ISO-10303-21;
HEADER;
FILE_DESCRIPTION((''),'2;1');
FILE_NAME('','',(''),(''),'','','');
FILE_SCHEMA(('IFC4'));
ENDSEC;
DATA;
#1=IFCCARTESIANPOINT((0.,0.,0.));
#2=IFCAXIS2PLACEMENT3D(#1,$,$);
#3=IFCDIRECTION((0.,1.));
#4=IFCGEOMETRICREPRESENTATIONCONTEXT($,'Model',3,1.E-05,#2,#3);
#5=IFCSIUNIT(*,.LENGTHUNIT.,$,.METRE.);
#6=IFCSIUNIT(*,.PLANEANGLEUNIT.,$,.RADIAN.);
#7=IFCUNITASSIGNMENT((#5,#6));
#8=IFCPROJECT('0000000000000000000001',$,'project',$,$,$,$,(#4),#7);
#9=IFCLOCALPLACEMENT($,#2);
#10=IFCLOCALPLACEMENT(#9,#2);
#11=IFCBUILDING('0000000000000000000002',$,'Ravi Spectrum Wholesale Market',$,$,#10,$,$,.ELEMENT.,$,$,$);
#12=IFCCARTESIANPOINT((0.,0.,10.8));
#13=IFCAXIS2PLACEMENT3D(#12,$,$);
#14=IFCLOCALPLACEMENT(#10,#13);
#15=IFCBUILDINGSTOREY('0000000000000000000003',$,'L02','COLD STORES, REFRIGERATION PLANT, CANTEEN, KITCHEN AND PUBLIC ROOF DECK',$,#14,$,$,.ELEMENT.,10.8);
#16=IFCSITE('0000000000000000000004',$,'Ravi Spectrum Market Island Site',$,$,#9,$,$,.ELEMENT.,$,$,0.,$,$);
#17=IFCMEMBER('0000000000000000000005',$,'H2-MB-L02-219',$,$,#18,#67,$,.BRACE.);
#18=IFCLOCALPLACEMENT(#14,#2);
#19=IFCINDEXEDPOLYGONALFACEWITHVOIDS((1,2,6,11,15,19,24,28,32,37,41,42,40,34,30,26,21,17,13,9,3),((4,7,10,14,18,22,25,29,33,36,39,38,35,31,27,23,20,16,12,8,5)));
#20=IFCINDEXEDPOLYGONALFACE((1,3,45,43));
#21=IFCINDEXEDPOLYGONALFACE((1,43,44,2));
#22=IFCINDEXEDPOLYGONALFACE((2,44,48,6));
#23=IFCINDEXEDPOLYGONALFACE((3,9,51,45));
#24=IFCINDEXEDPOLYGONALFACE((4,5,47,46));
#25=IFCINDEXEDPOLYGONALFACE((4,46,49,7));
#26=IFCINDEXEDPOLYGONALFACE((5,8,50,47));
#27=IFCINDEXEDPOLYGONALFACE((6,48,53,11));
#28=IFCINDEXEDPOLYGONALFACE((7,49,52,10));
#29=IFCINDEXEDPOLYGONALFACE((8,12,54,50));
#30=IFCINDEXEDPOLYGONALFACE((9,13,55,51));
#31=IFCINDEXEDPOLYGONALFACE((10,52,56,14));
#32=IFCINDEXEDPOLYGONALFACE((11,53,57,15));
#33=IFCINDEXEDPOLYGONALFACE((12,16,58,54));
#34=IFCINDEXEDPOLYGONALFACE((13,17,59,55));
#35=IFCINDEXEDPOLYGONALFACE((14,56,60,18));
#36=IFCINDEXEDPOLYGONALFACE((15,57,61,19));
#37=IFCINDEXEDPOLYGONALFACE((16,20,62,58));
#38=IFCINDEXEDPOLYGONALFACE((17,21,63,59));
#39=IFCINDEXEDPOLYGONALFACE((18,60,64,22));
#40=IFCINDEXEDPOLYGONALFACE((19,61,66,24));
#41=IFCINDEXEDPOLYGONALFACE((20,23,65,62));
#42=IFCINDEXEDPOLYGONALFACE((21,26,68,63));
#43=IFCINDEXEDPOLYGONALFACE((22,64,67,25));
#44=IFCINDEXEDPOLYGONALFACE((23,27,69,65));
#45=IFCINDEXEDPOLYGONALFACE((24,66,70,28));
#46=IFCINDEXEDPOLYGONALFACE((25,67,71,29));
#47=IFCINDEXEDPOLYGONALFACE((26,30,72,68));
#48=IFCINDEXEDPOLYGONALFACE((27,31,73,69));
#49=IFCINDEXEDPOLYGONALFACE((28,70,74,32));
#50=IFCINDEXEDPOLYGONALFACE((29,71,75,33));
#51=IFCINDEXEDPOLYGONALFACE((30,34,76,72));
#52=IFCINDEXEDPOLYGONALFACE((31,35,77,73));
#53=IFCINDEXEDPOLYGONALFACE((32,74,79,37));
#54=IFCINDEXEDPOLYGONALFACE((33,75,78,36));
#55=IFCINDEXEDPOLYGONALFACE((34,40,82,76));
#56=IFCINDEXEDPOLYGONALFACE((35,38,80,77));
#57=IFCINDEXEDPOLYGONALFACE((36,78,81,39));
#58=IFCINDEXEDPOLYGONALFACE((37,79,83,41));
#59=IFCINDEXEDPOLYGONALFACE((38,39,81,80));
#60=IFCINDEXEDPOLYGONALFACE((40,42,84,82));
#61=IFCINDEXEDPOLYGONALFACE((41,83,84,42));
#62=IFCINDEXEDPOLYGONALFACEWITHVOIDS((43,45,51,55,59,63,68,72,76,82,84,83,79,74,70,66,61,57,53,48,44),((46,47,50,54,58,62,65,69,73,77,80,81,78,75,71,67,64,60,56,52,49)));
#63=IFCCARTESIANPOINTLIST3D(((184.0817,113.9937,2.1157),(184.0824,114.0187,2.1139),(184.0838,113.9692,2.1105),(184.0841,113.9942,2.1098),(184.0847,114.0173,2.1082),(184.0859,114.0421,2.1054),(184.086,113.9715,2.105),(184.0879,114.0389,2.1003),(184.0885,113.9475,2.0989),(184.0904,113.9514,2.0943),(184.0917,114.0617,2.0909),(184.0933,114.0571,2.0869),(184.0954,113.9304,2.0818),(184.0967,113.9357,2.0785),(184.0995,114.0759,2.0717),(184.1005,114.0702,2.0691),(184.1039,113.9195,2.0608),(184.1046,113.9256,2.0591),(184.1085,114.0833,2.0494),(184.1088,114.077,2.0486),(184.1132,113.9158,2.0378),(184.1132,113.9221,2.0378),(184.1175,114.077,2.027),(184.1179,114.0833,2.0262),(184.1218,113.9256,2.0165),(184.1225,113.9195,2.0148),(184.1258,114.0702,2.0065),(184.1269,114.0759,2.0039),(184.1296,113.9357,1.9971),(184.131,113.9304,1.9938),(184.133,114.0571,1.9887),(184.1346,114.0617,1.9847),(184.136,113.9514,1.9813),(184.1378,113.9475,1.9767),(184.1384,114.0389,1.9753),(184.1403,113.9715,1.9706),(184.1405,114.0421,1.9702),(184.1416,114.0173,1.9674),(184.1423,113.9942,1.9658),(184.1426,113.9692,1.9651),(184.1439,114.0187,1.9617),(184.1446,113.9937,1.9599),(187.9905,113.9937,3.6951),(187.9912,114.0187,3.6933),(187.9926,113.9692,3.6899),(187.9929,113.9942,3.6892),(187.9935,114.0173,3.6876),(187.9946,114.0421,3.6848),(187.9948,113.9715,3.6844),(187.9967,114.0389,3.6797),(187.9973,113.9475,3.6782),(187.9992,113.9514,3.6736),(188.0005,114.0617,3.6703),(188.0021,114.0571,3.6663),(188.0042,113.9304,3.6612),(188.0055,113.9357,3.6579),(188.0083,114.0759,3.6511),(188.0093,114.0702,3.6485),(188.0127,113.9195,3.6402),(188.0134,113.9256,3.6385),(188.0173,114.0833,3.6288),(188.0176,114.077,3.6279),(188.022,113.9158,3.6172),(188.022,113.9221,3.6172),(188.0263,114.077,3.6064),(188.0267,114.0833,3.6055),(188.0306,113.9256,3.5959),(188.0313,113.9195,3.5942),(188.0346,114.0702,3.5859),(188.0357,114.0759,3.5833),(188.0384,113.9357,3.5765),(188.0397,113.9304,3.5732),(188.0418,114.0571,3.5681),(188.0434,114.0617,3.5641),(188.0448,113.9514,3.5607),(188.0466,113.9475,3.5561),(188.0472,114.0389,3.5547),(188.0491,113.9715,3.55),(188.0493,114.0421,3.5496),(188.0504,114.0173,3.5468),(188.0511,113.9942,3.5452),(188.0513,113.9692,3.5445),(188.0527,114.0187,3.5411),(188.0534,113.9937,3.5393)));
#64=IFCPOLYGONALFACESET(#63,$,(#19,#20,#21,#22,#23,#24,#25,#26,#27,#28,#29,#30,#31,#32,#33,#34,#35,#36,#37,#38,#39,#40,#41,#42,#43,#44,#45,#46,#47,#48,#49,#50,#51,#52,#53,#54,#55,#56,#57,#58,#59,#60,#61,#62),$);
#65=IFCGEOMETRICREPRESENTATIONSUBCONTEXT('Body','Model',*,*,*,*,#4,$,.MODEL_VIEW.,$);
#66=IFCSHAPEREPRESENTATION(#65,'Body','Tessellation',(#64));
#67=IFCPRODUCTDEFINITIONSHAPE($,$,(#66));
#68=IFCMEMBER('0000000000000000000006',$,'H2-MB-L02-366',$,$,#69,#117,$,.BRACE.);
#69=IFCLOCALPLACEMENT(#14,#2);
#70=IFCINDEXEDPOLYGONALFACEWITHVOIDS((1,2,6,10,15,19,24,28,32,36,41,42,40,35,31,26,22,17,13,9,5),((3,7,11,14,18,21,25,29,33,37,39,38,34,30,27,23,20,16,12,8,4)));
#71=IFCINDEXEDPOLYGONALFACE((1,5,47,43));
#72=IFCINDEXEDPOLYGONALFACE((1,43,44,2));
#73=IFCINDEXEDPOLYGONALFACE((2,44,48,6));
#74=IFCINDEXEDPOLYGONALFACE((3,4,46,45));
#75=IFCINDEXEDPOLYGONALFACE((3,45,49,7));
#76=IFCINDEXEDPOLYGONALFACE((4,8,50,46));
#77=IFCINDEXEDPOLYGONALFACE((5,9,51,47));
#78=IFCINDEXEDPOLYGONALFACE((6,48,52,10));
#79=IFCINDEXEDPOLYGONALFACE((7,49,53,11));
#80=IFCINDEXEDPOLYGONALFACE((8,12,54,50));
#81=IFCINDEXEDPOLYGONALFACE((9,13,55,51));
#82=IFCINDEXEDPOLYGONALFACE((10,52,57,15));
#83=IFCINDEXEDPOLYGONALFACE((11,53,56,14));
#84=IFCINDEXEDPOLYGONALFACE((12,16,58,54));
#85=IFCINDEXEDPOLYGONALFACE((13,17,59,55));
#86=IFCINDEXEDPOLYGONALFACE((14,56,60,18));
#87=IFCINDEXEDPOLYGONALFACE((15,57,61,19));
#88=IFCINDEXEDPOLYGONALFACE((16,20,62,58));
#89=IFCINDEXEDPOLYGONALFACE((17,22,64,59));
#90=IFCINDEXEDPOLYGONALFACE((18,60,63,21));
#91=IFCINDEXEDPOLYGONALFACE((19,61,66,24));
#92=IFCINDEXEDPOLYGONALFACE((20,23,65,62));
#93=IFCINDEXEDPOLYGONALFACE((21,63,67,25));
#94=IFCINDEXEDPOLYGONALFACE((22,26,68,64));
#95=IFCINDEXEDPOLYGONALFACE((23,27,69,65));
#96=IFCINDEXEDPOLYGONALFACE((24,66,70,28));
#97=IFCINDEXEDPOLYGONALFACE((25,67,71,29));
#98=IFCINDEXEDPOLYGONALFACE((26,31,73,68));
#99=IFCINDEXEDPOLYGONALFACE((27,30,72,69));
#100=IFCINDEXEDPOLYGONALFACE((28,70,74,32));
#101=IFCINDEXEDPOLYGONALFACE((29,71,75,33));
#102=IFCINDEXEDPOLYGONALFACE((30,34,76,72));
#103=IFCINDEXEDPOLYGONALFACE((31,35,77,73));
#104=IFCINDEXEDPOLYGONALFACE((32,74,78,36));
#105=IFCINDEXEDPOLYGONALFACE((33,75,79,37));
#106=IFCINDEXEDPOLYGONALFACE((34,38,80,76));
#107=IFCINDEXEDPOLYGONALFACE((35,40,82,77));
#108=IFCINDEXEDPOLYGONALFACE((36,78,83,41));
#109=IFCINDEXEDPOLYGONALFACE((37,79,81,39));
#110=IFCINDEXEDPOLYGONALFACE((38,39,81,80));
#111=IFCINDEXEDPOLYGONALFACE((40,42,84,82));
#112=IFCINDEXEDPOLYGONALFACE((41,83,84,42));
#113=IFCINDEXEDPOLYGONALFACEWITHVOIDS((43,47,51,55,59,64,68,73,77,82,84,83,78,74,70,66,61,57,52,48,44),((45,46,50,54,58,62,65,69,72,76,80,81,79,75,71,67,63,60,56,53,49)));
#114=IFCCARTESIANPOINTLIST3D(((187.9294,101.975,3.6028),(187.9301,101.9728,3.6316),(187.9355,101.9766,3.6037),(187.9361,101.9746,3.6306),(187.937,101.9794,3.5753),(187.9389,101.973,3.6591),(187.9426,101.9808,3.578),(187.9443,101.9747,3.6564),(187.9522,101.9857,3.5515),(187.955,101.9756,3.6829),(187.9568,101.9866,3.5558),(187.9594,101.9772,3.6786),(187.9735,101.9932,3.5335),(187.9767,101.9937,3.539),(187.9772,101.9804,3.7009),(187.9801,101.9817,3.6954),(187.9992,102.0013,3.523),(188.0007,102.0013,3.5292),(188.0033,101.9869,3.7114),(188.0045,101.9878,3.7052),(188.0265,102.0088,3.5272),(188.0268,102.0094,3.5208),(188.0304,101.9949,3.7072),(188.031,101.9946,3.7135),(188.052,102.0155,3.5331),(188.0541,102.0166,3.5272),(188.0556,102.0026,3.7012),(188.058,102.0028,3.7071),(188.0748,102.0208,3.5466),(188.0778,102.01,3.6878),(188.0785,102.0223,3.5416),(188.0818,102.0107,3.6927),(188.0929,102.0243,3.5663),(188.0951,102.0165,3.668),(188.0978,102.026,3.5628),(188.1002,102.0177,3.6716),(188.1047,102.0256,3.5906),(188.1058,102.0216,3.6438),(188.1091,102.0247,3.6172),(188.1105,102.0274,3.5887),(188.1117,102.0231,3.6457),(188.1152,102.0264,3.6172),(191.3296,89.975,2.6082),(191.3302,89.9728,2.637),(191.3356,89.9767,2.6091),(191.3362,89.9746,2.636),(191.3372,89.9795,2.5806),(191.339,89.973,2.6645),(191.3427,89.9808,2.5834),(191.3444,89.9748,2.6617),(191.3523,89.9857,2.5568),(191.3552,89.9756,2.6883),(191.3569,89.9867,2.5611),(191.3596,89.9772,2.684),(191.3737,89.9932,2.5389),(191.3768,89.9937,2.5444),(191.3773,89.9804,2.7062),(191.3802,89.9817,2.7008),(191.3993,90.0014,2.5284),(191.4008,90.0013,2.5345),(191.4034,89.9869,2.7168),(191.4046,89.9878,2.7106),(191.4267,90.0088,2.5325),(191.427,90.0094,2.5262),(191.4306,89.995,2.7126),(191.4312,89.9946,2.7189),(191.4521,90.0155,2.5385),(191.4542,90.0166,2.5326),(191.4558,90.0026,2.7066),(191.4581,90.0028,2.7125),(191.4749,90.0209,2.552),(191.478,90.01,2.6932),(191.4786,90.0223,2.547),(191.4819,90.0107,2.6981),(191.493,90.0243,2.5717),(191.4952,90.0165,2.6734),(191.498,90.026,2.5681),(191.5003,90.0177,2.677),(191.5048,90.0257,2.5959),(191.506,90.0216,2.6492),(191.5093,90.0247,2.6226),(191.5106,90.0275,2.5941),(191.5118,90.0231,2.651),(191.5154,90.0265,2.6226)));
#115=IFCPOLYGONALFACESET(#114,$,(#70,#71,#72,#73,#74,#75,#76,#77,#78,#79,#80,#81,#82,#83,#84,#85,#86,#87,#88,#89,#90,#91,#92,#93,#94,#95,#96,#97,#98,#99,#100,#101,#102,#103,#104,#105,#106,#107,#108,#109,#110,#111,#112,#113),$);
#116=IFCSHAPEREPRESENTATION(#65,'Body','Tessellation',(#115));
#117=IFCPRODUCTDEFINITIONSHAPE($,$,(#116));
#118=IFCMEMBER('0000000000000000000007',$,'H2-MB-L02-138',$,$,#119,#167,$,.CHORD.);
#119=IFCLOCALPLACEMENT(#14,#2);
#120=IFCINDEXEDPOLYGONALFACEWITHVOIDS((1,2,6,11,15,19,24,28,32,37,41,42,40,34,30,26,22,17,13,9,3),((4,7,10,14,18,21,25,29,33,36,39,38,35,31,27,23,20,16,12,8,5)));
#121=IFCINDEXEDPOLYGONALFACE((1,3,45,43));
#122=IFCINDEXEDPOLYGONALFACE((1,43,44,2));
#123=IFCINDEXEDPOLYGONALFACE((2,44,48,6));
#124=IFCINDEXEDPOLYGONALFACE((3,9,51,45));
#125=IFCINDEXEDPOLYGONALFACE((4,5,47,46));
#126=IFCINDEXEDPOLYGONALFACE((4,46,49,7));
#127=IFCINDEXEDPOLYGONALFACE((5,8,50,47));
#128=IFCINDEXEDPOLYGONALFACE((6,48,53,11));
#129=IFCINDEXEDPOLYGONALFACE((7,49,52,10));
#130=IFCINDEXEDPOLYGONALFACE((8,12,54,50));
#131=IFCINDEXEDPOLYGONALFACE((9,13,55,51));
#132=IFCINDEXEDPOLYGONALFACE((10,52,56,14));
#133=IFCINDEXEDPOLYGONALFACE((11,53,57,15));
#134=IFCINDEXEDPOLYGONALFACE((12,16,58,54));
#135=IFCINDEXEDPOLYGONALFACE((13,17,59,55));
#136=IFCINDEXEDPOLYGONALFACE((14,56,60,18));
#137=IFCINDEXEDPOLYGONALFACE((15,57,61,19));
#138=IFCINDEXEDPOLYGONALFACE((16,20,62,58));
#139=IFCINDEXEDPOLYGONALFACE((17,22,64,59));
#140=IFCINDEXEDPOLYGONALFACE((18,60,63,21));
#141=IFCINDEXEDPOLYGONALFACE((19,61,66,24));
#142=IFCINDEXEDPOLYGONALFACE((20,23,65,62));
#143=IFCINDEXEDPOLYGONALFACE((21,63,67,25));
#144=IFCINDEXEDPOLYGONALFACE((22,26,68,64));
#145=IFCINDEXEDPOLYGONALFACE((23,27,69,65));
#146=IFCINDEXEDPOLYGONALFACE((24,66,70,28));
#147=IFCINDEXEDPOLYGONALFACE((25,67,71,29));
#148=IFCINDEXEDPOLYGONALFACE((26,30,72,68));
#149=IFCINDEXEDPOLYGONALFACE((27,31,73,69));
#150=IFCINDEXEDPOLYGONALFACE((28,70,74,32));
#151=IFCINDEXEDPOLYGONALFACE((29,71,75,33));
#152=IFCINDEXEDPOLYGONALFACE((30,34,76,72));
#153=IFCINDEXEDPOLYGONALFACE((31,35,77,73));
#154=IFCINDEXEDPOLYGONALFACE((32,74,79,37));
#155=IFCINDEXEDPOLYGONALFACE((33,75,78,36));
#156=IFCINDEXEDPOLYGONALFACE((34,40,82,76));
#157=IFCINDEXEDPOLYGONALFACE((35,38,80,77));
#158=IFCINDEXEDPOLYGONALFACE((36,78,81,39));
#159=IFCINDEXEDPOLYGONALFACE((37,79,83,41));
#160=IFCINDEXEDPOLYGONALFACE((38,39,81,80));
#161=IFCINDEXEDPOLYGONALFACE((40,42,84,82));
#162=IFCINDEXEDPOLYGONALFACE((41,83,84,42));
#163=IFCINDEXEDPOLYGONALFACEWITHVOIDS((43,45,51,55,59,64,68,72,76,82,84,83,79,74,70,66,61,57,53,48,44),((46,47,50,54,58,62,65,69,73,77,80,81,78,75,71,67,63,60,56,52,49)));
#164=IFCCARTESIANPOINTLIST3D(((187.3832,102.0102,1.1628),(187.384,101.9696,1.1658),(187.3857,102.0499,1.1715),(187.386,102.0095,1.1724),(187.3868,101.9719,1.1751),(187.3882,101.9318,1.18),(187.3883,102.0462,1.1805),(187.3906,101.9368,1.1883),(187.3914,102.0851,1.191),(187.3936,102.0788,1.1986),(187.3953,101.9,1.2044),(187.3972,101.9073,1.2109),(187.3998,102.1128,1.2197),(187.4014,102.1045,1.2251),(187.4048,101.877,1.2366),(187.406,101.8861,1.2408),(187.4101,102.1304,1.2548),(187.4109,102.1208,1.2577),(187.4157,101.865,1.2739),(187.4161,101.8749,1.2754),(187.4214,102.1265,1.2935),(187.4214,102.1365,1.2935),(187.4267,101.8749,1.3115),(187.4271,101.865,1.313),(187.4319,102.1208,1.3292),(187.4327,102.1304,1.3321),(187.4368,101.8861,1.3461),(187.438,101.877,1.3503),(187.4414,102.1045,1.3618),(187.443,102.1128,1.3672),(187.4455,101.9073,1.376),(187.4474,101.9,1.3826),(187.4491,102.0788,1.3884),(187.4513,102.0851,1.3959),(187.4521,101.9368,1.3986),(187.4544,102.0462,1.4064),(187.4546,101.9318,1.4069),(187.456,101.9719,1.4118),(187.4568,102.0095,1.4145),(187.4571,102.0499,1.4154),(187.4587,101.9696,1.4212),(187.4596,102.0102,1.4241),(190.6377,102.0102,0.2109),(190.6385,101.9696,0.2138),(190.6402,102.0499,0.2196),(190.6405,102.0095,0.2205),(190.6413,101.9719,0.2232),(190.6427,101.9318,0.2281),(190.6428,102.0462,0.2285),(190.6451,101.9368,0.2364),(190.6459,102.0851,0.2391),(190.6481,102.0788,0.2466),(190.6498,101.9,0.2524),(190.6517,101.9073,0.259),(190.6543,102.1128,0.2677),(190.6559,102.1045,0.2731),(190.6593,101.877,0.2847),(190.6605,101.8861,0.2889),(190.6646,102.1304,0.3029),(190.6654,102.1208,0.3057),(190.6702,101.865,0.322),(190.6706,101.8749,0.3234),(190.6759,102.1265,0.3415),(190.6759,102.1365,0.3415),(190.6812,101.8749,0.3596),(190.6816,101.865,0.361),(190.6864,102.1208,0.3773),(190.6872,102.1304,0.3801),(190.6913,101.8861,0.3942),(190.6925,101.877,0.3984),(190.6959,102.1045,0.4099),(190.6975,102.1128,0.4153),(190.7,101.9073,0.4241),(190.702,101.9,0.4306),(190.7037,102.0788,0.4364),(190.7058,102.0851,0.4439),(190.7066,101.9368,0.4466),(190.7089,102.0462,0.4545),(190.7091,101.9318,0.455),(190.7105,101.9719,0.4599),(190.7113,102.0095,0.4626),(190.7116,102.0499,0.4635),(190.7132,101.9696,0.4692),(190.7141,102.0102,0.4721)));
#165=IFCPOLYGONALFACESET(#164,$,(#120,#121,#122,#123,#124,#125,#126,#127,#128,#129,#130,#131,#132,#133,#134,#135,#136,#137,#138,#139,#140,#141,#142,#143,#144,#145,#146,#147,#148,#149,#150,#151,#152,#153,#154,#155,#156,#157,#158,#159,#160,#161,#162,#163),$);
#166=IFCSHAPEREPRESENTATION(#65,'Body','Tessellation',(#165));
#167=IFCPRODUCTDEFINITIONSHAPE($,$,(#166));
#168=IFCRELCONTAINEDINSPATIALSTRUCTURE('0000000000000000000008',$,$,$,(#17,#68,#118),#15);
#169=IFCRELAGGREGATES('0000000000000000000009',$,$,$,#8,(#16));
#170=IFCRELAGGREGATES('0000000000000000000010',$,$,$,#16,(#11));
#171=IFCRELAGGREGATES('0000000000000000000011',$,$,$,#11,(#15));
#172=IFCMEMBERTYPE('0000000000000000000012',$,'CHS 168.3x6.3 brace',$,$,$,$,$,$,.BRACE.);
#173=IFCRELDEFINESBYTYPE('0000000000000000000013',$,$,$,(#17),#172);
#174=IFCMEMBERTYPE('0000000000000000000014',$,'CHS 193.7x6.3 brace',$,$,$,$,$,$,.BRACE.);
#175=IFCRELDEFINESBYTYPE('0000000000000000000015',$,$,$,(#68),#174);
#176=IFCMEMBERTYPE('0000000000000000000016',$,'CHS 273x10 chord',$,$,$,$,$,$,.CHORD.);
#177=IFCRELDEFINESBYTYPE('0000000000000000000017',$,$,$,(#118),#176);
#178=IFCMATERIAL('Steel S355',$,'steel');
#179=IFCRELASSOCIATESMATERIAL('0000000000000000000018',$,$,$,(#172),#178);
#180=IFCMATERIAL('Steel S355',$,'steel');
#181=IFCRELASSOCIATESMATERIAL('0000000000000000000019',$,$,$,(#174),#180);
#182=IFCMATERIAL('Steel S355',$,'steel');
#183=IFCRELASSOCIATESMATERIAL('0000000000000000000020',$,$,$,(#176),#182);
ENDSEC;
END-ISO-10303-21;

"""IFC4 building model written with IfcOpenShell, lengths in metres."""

from ifc_helpers import new_model, si_unit, direction, frame, origin, origin_2d, place, context, subcontext, project, spatial, hollow_circle, extrude, material, material_profile, profile_set, type_object, element, save


model = new_model("IFC4")

# Units and contexts
model_context = context("Model", 3, precision=1e-05, world=origin(), true_north=direction((0.0, 1.0)))
body_context = subcontext(model_context, "Body", "Model", "MODEL_VIEW")
ifc_project = project(units=[si_unit("LENGTHUNIT", "METRE"), si_unit("PLANEANGLEUNIT", "RADIAN")], contexts=[model_context])

# Site, building, storey
site_placement = place(None, origin())
site = spatial("IfcSite", under=ifc_project, at=site_placement, Name="Ravi Spectrum Market Island Site", CompositionType="ELEMENT", RefElevation=0.0)
building_placement = place(site_placement, origin())
building = spatial("IfcBuilding", under=site, at=building_placement, Name="Ravi Spectrum Wholesale Market", CompositionType="ELEMENT")
storey_placement = place(building_placement, frame((0.0, 0.0, 10.8)))
storey = spatial("IfcBuildingStorey", under=building, at=storey_placement, Name="L02", Description="COLD STORES, REFRIGERATION PLANT, CANTEEN, KITCHEN AND PUBLIC ROOF DECK", CompositionType="ELEMENT", Elevation=10.8)

# Members
ifc_material_1 = material(Name="Steel S355", Category="steel")
ifc_material_profile_1 = material_profile(ifc_material_1, hollow_circle(Radius=0.0842, WallThickness=0.0063, at=origin_2d()))
ifc_profile_set_1 = profile_set([ifc_material_profile_1], Name="Steel S355")
member_type_1 = type_object("IfcMemberType", Name="CHS 168.3x6.3 brace", PredefinedType="BRACE", material=ifc_profile_set_1)
for number, where, z_axis, x_axis, name in (
    (1, (188.022, 114.0, 3.6172), (-0.927173, 0.0, -0.374633), (0.0, -1.0, 0.0), "H2-MB-L02-219"),
):
    element("IfcMember", number, at=place(storey_placement, frame(where, z_axis=z_axis, x_axis=x_axis)), inside=storey, type_object=member_type_1, Name=name, PredefinedType="BRACE", context=body_context, shape_type="SweptSolid", body=[
        extrude(hollow_circle(Radius=0.0842, WallThickness=0.0063, at=origin_2d()), origin(), (0.0, 0.0, 1.0), 4.2158),
    ])
ifc_material_2 = material(Name="Steel S355", Category="steel")
ifc_material_profile_2 = material_profile(ifc_material_2, hollow_circle(Radius=0.0969, WallThickness=0.0063, at=origin_2d()))
ifc_profile_set_2 = profile_set([ifc_material_profile_2], Name="Steel S355")
member_type_2 = type_object("IfcMemberType", Name="CHS 193.7x6.3 brace", PredefinedType="BRACE", material=ifc_profile_set_2)
member_1_placement = place(storey_placement, frame((188.022, 102.0, 3.6172), z_axis=(0.271751, -0.959079, -0.079494), x_axis=(0.962124, 0.272613, 0.0)))
element("IfcMember", 2, at=member_1_placement, inside=storey, type_object=member_type_2, Name="H2-MB-L02-366", PredefinedType="BRACE", context=body_context, shape_type="SweptSolid", body=[
    extrude(hollow_circle(Radius=0.0969, WallThickness=0.0063, at=origin_2d()), origin(), (0.0, 0.0, 1.0), 12.512),
])
ifc_material_3 = material(Name="Steel S355", Category="steel")
ifc_material_profile_3 = material_profile(ifc_material_3, hollow_circle(Radius=0.1365, WallThickness=0.01, at=origin_2d()))
ifc_profile_set_3 = profile_set([ifc_material_profile_3], Name="Steel S355")
member_type_3 = type_object("IfcMemberType", Name="CHS 273x10 chord", PredefinedType="CHORD", material=ifc_profile_set_3)
member_2_placement = place(storey_placement, frame((187.4214, 102.0, 1.2935), z_axis=(0.959785, 0.0, -0.280735), x_axis=(0.0, 1.0, 0.0)))
element("IfcMember", 3, at=member_2_placement, inside=storey, type_object=member_type_3, Name="H2-MB-L02-138", PredefinedType="CHORD", context=body_context, shape_type="SweptSolid", body=[
    extrude(hollow_circle(Radius=0.1365, WallThickness=0.01, at=origin_2d()), origin(), (0.0, 0.0, 1.0), 3.3909),
])

save(model, "model.ifc")
